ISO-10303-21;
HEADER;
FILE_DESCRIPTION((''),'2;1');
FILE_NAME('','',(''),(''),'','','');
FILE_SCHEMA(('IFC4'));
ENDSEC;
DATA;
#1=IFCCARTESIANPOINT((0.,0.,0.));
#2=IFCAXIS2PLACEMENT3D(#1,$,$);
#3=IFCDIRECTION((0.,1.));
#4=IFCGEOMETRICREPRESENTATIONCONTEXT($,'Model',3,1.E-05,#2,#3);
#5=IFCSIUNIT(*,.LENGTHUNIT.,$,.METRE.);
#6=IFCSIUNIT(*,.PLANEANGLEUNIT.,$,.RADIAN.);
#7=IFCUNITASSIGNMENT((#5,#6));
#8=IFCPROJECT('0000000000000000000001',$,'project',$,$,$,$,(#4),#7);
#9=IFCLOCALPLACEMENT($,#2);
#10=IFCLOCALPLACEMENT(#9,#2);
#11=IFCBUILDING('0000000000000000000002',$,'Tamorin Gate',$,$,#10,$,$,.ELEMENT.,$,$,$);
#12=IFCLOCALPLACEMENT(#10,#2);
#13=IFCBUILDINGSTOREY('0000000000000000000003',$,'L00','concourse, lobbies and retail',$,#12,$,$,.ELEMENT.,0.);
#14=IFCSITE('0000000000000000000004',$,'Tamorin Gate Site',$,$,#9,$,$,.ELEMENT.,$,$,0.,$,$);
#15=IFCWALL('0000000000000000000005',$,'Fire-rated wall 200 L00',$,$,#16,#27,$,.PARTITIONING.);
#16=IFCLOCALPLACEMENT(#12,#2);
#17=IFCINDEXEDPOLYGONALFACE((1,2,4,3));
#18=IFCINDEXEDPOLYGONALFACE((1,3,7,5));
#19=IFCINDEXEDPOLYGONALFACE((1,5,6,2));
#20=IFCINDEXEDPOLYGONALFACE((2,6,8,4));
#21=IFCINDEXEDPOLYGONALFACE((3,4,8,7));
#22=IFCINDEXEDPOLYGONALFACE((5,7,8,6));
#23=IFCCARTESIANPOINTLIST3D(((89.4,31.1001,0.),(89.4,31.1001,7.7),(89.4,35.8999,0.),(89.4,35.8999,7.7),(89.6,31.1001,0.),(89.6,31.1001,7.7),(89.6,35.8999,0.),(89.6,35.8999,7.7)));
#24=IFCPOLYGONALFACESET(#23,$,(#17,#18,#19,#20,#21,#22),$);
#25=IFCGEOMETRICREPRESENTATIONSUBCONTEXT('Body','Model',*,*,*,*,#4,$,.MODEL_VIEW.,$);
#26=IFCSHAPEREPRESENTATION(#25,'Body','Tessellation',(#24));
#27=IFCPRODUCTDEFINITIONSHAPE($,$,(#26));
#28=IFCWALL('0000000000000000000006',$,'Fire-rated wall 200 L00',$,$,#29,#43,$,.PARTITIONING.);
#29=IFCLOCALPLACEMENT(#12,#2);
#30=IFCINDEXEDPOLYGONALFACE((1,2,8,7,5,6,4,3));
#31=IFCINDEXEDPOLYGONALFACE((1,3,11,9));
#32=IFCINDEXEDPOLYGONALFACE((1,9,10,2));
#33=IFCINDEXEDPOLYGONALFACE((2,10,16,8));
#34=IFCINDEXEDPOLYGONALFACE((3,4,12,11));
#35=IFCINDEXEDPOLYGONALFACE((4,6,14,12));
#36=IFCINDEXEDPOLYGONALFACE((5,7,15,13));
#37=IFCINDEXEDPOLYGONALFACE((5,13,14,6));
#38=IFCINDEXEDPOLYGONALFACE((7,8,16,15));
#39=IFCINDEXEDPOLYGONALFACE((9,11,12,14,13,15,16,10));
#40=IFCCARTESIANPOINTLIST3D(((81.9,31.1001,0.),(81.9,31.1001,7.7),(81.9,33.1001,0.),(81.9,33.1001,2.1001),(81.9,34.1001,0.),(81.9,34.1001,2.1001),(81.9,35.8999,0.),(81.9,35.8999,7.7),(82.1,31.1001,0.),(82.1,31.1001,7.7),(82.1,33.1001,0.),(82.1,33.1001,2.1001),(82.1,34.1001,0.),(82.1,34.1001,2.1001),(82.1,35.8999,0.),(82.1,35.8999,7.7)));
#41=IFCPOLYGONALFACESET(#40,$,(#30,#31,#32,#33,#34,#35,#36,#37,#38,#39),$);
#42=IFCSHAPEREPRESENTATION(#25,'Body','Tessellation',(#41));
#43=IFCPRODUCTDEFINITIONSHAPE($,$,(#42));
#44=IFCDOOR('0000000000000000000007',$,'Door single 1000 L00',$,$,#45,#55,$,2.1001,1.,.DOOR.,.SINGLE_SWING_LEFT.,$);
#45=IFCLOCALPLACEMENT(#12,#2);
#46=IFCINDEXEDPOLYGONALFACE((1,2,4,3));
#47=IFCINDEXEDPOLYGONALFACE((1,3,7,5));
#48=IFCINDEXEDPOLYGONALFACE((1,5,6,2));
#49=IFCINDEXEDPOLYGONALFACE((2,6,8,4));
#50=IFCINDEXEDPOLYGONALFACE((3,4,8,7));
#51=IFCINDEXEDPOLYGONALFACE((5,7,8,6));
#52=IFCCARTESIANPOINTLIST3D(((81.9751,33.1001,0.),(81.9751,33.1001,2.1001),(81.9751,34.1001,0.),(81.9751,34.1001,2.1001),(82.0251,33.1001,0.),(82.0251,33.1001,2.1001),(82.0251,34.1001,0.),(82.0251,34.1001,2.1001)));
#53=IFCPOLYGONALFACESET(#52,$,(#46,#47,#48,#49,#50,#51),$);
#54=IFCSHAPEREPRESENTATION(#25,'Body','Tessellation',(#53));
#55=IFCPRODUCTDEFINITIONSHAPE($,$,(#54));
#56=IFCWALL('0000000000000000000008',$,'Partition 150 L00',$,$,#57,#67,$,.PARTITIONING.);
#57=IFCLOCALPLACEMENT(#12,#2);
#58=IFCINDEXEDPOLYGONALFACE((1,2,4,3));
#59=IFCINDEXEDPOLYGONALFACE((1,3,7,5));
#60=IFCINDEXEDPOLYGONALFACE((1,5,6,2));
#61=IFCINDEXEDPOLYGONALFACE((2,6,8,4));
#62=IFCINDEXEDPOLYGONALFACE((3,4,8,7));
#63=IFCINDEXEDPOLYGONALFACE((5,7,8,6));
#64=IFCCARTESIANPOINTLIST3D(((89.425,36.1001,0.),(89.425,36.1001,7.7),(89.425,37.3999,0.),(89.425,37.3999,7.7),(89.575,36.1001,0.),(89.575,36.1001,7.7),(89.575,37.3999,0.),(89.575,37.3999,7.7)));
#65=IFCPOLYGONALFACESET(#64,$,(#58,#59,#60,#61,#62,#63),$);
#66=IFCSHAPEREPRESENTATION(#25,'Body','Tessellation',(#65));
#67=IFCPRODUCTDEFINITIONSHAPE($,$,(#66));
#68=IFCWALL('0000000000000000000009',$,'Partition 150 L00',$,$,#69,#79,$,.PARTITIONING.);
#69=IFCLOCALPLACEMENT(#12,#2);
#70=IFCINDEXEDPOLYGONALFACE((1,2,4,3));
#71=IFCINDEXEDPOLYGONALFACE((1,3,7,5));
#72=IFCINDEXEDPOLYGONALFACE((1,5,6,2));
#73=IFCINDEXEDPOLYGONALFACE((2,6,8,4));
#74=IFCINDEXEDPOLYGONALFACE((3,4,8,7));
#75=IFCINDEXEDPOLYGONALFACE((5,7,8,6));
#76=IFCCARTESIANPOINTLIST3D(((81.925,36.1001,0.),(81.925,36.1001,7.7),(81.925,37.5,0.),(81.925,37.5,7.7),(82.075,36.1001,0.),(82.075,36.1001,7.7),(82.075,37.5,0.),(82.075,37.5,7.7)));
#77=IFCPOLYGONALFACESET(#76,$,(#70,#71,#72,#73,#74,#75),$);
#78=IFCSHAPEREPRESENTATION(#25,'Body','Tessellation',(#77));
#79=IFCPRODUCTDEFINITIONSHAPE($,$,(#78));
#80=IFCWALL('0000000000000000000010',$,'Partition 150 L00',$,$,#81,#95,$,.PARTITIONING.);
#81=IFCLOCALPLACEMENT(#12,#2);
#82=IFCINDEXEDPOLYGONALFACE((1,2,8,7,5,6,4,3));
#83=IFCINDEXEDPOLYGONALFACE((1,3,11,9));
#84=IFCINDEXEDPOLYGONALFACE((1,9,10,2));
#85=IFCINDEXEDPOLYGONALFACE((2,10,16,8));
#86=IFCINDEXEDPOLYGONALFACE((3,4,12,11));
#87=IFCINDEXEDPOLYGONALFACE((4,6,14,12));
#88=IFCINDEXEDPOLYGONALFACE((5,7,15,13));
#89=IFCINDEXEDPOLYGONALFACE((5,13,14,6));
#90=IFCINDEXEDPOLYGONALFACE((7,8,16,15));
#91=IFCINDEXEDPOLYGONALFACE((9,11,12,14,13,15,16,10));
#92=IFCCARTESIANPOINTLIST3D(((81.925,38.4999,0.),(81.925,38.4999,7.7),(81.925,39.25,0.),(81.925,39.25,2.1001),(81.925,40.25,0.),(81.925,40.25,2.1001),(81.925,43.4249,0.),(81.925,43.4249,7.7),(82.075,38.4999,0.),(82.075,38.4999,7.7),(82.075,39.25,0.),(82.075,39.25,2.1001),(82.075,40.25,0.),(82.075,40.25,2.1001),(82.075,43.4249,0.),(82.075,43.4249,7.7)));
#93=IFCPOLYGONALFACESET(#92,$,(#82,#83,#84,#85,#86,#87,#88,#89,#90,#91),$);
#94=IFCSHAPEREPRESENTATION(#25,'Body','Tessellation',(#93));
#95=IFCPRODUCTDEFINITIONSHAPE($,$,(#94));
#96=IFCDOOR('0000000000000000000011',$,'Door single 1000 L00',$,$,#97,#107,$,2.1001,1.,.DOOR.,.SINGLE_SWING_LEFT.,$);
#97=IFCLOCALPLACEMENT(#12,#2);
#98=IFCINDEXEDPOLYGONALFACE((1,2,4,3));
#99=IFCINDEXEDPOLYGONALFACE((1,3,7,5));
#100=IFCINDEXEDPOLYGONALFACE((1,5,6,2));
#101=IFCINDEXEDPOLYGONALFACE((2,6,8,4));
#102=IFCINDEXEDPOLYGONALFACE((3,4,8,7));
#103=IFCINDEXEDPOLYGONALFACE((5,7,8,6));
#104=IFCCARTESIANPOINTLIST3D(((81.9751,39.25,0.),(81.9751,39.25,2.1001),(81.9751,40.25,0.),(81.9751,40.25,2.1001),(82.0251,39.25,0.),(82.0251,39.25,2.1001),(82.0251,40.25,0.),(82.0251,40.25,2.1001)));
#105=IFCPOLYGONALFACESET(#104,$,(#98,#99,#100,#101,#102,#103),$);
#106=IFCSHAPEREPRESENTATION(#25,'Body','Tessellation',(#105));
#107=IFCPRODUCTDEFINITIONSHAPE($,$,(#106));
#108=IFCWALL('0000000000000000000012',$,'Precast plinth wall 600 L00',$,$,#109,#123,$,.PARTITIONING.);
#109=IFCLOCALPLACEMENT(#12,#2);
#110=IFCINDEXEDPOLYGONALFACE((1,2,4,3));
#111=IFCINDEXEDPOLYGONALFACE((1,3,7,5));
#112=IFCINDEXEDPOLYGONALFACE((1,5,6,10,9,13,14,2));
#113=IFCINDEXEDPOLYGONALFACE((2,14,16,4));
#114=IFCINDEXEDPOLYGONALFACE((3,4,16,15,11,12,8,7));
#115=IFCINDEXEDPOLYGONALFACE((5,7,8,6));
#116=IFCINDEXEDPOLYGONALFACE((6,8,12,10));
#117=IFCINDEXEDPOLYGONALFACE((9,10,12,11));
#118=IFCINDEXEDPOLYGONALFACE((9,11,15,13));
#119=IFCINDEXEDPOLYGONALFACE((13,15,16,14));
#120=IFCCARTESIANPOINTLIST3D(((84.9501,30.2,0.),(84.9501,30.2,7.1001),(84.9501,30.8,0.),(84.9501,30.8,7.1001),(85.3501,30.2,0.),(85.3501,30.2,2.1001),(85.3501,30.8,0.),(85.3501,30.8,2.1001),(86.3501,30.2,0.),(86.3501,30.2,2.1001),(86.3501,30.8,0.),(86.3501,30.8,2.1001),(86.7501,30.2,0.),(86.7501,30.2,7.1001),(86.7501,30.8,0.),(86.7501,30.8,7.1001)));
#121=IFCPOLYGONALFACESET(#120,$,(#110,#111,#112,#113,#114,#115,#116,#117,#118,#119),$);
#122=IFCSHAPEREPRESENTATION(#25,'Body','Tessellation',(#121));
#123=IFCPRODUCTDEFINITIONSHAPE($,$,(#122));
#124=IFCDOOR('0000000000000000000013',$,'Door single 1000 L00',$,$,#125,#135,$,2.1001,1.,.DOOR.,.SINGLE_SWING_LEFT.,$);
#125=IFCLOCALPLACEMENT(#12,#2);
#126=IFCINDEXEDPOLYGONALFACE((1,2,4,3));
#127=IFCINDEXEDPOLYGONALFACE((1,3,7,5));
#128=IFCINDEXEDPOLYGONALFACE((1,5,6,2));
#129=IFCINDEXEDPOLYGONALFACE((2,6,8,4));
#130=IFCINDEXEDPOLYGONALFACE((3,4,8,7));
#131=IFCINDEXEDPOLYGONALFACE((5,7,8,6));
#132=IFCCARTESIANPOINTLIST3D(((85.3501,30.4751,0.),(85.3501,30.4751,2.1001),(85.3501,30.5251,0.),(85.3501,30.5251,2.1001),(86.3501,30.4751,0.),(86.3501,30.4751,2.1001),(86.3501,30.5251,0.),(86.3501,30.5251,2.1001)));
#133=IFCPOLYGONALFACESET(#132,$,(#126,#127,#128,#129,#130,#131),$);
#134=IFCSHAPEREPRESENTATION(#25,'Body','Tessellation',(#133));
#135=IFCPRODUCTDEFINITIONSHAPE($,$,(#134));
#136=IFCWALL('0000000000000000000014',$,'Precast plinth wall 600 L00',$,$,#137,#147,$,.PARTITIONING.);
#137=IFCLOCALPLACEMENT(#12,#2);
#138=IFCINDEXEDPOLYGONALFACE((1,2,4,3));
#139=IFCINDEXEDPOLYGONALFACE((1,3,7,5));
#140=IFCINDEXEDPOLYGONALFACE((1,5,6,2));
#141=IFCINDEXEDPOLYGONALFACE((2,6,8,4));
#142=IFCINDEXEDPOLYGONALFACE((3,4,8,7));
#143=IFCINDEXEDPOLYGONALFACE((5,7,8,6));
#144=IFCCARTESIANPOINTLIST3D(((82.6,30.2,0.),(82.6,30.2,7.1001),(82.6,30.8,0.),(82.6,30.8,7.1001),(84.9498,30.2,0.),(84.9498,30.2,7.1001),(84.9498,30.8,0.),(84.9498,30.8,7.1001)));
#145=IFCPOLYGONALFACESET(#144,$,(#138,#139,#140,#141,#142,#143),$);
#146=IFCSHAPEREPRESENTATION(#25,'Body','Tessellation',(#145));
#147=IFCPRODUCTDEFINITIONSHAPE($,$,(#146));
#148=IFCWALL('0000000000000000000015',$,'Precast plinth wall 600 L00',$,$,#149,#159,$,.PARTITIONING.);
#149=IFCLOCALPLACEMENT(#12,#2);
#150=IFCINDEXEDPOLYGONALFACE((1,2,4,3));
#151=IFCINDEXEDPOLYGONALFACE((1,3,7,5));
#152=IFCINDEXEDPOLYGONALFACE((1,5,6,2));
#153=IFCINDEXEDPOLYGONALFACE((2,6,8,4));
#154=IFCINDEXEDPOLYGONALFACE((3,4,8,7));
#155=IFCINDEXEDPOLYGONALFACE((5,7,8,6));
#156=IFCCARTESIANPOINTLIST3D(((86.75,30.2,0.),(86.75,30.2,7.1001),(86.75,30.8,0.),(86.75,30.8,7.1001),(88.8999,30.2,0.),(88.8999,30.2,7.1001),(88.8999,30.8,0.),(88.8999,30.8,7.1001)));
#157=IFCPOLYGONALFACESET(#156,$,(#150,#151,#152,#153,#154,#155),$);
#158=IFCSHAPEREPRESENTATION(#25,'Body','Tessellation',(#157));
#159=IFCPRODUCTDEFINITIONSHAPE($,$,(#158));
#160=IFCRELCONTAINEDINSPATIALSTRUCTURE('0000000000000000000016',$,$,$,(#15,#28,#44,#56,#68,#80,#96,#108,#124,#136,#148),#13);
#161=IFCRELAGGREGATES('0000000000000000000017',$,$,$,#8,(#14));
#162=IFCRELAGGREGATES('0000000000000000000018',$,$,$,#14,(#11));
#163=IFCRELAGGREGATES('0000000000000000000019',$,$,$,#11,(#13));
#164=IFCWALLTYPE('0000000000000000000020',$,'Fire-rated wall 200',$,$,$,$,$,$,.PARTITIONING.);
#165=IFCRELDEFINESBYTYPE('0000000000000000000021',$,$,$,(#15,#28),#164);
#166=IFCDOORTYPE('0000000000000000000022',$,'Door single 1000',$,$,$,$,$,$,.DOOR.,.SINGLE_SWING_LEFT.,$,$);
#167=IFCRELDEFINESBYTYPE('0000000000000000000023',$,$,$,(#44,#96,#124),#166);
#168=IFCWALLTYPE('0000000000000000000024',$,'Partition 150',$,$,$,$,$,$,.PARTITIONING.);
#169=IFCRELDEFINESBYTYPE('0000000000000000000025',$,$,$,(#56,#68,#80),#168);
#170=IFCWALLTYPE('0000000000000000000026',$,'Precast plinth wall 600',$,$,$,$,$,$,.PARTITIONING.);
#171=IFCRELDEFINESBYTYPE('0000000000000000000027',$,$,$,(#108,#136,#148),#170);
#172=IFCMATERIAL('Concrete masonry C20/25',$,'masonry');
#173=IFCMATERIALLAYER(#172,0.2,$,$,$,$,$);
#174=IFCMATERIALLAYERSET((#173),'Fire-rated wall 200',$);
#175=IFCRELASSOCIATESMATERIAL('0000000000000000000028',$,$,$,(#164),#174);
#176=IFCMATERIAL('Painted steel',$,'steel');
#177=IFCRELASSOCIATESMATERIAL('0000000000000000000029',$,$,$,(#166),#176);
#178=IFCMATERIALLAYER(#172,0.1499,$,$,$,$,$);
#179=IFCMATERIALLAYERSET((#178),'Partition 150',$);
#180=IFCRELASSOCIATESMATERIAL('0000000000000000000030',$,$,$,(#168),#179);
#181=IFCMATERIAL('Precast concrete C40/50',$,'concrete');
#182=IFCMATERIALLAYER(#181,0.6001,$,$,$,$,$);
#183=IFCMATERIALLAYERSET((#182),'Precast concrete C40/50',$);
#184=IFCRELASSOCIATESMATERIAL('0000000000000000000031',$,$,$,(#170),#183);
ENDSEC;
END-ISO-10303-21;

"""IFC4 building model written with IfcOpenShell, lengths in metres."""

from ifc_helpers import new_model, si_unit, direction, frame, frame_2d, origin, place, context, subcontext, project, spatial, rectangle, extrude, material, layer, layer_set, type_object, element, fill, save


model = new_model("IFC4")

# Units and contexts
model_context = context("Model", 3, precision=1e-05, world=origin(), true_north=direction((0.0, 1.0)))
body_context = subcontext(model_context, "Body", "Model", "MODEL_VIEW")
ifc_project = project(units=[si_unit("LENGTHUNIT", "METRE"), si_unit("PLANEANGLEUNIT", "RADIAN")], contexts=[model_context])

# Site, building, storey
site_placement = place(None, origin())
site = spatial("IfcSite", under=ifc_project, at=site_placement, Name="Tamorin Gate Site", CompositionType="ELEMENT", RefElevation=0.0)
building_placement = place(site_placement, origin())
building = spatial("IfcBuilding", under=site, at=building_placement, Name="Tamorin Gate", CompositionType="ELEMENT")
storey_placement = place(building_placement, origin())
storey = spatial("IfcBuildingStorey", under=building, at=storey_placement, Name="L00", Description="concourse, lobbies and retail", CompositionType="ELEMENT", Elevation=0.0)

# Wall
ifc_material_1 = material(Name="Concrete masonry C20/25", Category="masonry")
ifc_layer_1 = layer(ifc_material_1, 0.2)
ifc_layer_set_1 = layer_set([ifc_layer_1], Name="Fire-rated wall 200")
wall_type_1 = type_object("IfcWallType", Name="Fire-rated wall 200", PredefinedType="PARTITIONING", material=ifc_layer_set_1)
wall_1_placement = place(storey_placement, frame((89.5, 31.1001, 0.0), z_axis=(0.0, 0.0, 1.0), x_axis=(0.0, 1.0, 0.0)))
element("IfcWall", 1, at=wall_1_placement, inside=storey, type_object=wall_type_1, Name="Fire-rated wall 200 L00", PredefinedType="PARTITIONING", context=body_context, shape_type="SweptSolid", body=[
    extrude(rectangle(XDim=4.7998, YDim=0.2, at=frame_2d((2.3999, 0.0))), origin(), (0.0, 0.0, 1.0), 7.7),
])

# Wall, opening, door
wall_2_placement = place(storey_placement, frame((82.0, 31.1001, 0.0), z_axis=(0.0, 0.0, 1.0), x_axis=(0.0, 1.0, 0.0)))
wall_2 = element("IfcWall", 2, at=wall_2_placement, inside=storey, type_object=wall_type_1, Name="Fire-rated wall 200 L00", PredefinedType="PARTITIONING", context=body_context, shape_type="SweptSolid", body=[
    extrude(rectangle(XDim=4.7998, YDim=0.2, at=frame_2d((2.3999, 0.0))), origin(), (0.0, 0.0, 1.0), 7.7),
])
opening_1_placement = place(wall_2_placement, frame((2.0, 0.0, 0.0)))
opening_1 = element("IfcOpeningElement", 3, at=opening_1_placement, cuts=wall_2, PredefinedType="OPENING", context=body_context, shape_type="SweptSolid", body=[
    extrude(rectangle(XDim=1.0, YDim=2.1001, at=frame_2d((0.5, 1.05))), frame((0.0, 0.1099, 0.0), z_axis=(0.0, -1.0, 0.0), x_axis=(1.0, 0.0, 0.0)), (0.0, 0.0, 1.0), 0.22),
])
ifc_material_2 = material(Name="Painted steel", Category="steel")
door_type = type_object("IfcDoorType", Name="Door single 1000", OperationType="SINGLE_SWING_LEFT", PredefinedType="DOOR", material=ifc_material_2)
door_1_placement = place(opening_1_placement, origin())
door_1 = element("IfcDoor", 4, at=door_1_placement, inside=storey, type_object=door_type, Name="Door single 1000 L00", OperationType="SINGLE_SWING_LEFT", OverallHeight=2.1001, OverallWidth=1.0, PredefinedType="DOOR", context=body_context, shape_type="SweptSolid", body=[
    extrude(rectangle(XDim=1.0, YDim=2.1001, at=frame_2d((0.5, 1.05))), frame((0.0, 0.0249, 0.0), z_axis=(0.0, -1.0, 0.0), x_axis=(1.0, 0.0, 0.0)), (0.0, 0.0, 1.0), 0.05),
])
fill(opening_1, door_1)

# Walls
ifc_layer_2 = layer(ifc_material_1, 0.1499)
ifc_layer_set_2 = layer_set([ifc_layer_2], Name="Partition 150")
wall_type_2 = type_object("IfcWallType", Name="Partition 150", PredefinedType="PARTITIONING", material=ifc_layer_set_2)
wall_3_placement = place(storey_placement, frame((89.5, 36.1001, 0.0), z_axis=(0.0, 0.0, 1.0), x_axis=(0.0, 1.0, 0.0)))
element("IfcWall", 5, at=wall_3_placement, inside=storey, type_object=wall_type_2, Name="Partition 150 L00", PredefinedType="PARTITIONING", context=body_context, shape_type="SweptSolid", body=[
    extrude(rectangle(XDim=1.2998, YDim=0.1499, at=frame_2d((0.6499, 0.0))), origin(), (0.0, 0.0, 1.0), 7.7),
])
wall_4_placement = place(storey_placement, frame((82.0, 36.1001, 0.0), z_axis=(0.0, 0.0, 1.0), x_axis=(0.0, 1.0, 0.0)))
element("IfcWall", 6, at=wall_4_placement, inside=storey, type_object=wall_type_2, Name="Partition 150 L00", PredefinedType="PARTITIONING", context=body_context, shape_type="SweptSolid", body=[
    extrude(rectangle(XDim=1.3999, YDim=0.1499, at=frame_2d((0.7, 0.0))), origin(), (0.0, 0.0, 1.0), 7.7),
])

# Walls, openings, doors
wall_5_placement = place(storey_placement, frame((82.0, 38.5, 0.0), z_axis=(0.0, 0.0, 1.0), x_axis=(0.0, 1.0, 0.0)))
wall_5 = element("IfcWall", 7, at=wall_5_placement, inside=storey, type_object=wall_type_2, Name="Partition 150 L00", PredefinedType="PARTITIONING", context=body_context, shape_type="SweptSolid", body=[
    extrude(rectangle(XDim=4.925, YDim=0.1499, at=frame_2d((2.4624, 0.0))), origin(), (0.0, 0.0, 1.0), 7.7),
])
opening_2_placement = place(wall_5_placement, frame((0.75, 0.0, 0.0)))
opening_2 = element("IfcOpeningElement", 8, at=opening_2_placement, cuts=wall_5, PredefinedType="OPENING", context=body_context, shape_type="SweptSolid", body=[
    extrude(rectangle(XDim=1.0, YDim=2.1001, at=frame_2d((0.5, 1.05))), frame((0.0, 0.085, 0.0), z_axis=(0.0, -1.0, 0.0), x_axis=(1.0, 0.0, 0.0)), (0.0, 0.0, 1.0), 0.1699),
])
door_2_placement = place(opening_2_placement, origin())
door_2 = element("IfcDoor", 9, at=door_2_placement, inside=storey, type_object=door_type, Name="Door single 1000 L00", OperationType="SINGLE_SWING_LEFT", OverallHeight=2.1001, OverallWidth=1.0, PredefinedType="DOOR", context=body_context, shape_type="SweptSolid", body=[
    extrude(rectangle(XDim=1.0, YDim=2.1001, at=frame_2d((0.5, 1.05))), frame((0.0, 0.0249, 0.0), z_axis=(0.0, -1.0, 0.0), x_axis=(1.0, 0.0, 0.0)), (0.0, 0.0, 1.0), 0.05),
])
fill(opening_2, door_2)
ifc_material_3 = material(Name="Precast concrete C40/50", Category="concrete")
ifc_layer_3 = layer(ifc_material_3, 0.6001)
ifc_layer_set_3 = layer_set([ifc_layer_3], Name="Precast concrete C40/50")
wall_type_3 = type_object("IfcWallType", Name="Precast plinth wall 600", PredefinedType="PARTITIONING", material=ifc_layer_set_3)
wall_6_placement = place(storey_placement, frame((86.75, 30.5, 0.0), z_axis=(0.0, 0.0, 1.0), x_axis=(-1.0, 0.0, 0.0)))
wall_6 = element("IfcWall", 10, at=wall_6_placement, inside=storey, type_object=wall_type_3, Name="Precast plinth wall 600 L00", PredefinedType="PARTITIONING", context=body_context, shape_type="SweptSolid", body=[
    extrude(rectangle(XDim=1.8, YDim=0.6001, at=frame_2d((0.8999, 0.0))), origin(), (0.0, 0.0, 1.0), 7.1001),
])
opening_3_placement = place(wall_6_placement, frame((0.3999, 0.0, 0.0)))
opening_3 = element("IfcOpeningElement", 11, at=opening_3_placement, cuts=wall_6, PredefinedType="OPENING", context=body_context, shape_type="SweptSolid", body=[
    extrude(rectangle(XDim=1.0, YDim=2.1001, at=frame_2d((0.5, 1.05))), frame((0.0, 0.3101, 0.0), z_axis=(0.0, -1.0, 0.0), x_axis=(1.0, 0.0, 0.0)), (0.0, 0.0, 1.0), 0.6201),
])
door_3_placement = place(opening_3_placement, origin())
door_3 = element("IfcDoor", 12, at=door_3_placement, inside=storey, type_object=door_type, Name="Door single 1000 L00", OperationType="SINGLE_SWING_LEFT", OverallHeight=2.1001, OverallWidth=1.0, PredefinedType="DOOR", context=body_context, shape_type="SweptSolid", body=[
    extrude(rectangle(XDim=1.0, YDim=2.1001, at=frame_2d((0.5, 1.05))), frame((0.0, 0.0249, 0.0), z_axis=(0.0, -1.0, 0.0), x_axis=(1.0, 0.0, 0.0)), (0.0, 0.0, 1.0), 0.05),
])
fill(opening_3, door_3)

# Walls
wall_7_placement = place(storey_placement, frame((82.6001, 30.5, 0.0), z_axis=(0.0, 0.0, 1.0), x_axis=(1.0, 0.0, 0.0)))
element("IfcWall", 13, at=wall_7_placement, inside=storey, type_object=wall_type_3, Name="Precast plinth wall 600 L00", PredefinedType="PARTITIONING", context=body_context, shape_type="SweptSolid", body=[
    extrude(rectangle(XDim=2.3499, YDim=0.6001, at=frame_2d((1.1748, 0.0))), origin(), (0.0, 0.0, 1.0), 7.1001),
])
wall_8_placement = place(storey_placement, frame((86.75, 30.5, 0.0), z_axis=(0.0, 0.0, 1.0), x_axis=(1.0, 0.0, 0.0)))
element("IfcWall", 14, at=wall_8_placement, inside=storey, type_object=wall_type_3, Name="Precast plinth wall 600 L00", PredefinedType="PARTITIONING", context=body_context, shape_type="SweptSolid", body=[
    extrude(rectangle(XDim=2.1499, YDim=0.6001, at=frame_2d((1.075, 0.0))), origin(), (0.0, 0.0, 1.0), 7.1001),
])

save(model, "model.ifc")
